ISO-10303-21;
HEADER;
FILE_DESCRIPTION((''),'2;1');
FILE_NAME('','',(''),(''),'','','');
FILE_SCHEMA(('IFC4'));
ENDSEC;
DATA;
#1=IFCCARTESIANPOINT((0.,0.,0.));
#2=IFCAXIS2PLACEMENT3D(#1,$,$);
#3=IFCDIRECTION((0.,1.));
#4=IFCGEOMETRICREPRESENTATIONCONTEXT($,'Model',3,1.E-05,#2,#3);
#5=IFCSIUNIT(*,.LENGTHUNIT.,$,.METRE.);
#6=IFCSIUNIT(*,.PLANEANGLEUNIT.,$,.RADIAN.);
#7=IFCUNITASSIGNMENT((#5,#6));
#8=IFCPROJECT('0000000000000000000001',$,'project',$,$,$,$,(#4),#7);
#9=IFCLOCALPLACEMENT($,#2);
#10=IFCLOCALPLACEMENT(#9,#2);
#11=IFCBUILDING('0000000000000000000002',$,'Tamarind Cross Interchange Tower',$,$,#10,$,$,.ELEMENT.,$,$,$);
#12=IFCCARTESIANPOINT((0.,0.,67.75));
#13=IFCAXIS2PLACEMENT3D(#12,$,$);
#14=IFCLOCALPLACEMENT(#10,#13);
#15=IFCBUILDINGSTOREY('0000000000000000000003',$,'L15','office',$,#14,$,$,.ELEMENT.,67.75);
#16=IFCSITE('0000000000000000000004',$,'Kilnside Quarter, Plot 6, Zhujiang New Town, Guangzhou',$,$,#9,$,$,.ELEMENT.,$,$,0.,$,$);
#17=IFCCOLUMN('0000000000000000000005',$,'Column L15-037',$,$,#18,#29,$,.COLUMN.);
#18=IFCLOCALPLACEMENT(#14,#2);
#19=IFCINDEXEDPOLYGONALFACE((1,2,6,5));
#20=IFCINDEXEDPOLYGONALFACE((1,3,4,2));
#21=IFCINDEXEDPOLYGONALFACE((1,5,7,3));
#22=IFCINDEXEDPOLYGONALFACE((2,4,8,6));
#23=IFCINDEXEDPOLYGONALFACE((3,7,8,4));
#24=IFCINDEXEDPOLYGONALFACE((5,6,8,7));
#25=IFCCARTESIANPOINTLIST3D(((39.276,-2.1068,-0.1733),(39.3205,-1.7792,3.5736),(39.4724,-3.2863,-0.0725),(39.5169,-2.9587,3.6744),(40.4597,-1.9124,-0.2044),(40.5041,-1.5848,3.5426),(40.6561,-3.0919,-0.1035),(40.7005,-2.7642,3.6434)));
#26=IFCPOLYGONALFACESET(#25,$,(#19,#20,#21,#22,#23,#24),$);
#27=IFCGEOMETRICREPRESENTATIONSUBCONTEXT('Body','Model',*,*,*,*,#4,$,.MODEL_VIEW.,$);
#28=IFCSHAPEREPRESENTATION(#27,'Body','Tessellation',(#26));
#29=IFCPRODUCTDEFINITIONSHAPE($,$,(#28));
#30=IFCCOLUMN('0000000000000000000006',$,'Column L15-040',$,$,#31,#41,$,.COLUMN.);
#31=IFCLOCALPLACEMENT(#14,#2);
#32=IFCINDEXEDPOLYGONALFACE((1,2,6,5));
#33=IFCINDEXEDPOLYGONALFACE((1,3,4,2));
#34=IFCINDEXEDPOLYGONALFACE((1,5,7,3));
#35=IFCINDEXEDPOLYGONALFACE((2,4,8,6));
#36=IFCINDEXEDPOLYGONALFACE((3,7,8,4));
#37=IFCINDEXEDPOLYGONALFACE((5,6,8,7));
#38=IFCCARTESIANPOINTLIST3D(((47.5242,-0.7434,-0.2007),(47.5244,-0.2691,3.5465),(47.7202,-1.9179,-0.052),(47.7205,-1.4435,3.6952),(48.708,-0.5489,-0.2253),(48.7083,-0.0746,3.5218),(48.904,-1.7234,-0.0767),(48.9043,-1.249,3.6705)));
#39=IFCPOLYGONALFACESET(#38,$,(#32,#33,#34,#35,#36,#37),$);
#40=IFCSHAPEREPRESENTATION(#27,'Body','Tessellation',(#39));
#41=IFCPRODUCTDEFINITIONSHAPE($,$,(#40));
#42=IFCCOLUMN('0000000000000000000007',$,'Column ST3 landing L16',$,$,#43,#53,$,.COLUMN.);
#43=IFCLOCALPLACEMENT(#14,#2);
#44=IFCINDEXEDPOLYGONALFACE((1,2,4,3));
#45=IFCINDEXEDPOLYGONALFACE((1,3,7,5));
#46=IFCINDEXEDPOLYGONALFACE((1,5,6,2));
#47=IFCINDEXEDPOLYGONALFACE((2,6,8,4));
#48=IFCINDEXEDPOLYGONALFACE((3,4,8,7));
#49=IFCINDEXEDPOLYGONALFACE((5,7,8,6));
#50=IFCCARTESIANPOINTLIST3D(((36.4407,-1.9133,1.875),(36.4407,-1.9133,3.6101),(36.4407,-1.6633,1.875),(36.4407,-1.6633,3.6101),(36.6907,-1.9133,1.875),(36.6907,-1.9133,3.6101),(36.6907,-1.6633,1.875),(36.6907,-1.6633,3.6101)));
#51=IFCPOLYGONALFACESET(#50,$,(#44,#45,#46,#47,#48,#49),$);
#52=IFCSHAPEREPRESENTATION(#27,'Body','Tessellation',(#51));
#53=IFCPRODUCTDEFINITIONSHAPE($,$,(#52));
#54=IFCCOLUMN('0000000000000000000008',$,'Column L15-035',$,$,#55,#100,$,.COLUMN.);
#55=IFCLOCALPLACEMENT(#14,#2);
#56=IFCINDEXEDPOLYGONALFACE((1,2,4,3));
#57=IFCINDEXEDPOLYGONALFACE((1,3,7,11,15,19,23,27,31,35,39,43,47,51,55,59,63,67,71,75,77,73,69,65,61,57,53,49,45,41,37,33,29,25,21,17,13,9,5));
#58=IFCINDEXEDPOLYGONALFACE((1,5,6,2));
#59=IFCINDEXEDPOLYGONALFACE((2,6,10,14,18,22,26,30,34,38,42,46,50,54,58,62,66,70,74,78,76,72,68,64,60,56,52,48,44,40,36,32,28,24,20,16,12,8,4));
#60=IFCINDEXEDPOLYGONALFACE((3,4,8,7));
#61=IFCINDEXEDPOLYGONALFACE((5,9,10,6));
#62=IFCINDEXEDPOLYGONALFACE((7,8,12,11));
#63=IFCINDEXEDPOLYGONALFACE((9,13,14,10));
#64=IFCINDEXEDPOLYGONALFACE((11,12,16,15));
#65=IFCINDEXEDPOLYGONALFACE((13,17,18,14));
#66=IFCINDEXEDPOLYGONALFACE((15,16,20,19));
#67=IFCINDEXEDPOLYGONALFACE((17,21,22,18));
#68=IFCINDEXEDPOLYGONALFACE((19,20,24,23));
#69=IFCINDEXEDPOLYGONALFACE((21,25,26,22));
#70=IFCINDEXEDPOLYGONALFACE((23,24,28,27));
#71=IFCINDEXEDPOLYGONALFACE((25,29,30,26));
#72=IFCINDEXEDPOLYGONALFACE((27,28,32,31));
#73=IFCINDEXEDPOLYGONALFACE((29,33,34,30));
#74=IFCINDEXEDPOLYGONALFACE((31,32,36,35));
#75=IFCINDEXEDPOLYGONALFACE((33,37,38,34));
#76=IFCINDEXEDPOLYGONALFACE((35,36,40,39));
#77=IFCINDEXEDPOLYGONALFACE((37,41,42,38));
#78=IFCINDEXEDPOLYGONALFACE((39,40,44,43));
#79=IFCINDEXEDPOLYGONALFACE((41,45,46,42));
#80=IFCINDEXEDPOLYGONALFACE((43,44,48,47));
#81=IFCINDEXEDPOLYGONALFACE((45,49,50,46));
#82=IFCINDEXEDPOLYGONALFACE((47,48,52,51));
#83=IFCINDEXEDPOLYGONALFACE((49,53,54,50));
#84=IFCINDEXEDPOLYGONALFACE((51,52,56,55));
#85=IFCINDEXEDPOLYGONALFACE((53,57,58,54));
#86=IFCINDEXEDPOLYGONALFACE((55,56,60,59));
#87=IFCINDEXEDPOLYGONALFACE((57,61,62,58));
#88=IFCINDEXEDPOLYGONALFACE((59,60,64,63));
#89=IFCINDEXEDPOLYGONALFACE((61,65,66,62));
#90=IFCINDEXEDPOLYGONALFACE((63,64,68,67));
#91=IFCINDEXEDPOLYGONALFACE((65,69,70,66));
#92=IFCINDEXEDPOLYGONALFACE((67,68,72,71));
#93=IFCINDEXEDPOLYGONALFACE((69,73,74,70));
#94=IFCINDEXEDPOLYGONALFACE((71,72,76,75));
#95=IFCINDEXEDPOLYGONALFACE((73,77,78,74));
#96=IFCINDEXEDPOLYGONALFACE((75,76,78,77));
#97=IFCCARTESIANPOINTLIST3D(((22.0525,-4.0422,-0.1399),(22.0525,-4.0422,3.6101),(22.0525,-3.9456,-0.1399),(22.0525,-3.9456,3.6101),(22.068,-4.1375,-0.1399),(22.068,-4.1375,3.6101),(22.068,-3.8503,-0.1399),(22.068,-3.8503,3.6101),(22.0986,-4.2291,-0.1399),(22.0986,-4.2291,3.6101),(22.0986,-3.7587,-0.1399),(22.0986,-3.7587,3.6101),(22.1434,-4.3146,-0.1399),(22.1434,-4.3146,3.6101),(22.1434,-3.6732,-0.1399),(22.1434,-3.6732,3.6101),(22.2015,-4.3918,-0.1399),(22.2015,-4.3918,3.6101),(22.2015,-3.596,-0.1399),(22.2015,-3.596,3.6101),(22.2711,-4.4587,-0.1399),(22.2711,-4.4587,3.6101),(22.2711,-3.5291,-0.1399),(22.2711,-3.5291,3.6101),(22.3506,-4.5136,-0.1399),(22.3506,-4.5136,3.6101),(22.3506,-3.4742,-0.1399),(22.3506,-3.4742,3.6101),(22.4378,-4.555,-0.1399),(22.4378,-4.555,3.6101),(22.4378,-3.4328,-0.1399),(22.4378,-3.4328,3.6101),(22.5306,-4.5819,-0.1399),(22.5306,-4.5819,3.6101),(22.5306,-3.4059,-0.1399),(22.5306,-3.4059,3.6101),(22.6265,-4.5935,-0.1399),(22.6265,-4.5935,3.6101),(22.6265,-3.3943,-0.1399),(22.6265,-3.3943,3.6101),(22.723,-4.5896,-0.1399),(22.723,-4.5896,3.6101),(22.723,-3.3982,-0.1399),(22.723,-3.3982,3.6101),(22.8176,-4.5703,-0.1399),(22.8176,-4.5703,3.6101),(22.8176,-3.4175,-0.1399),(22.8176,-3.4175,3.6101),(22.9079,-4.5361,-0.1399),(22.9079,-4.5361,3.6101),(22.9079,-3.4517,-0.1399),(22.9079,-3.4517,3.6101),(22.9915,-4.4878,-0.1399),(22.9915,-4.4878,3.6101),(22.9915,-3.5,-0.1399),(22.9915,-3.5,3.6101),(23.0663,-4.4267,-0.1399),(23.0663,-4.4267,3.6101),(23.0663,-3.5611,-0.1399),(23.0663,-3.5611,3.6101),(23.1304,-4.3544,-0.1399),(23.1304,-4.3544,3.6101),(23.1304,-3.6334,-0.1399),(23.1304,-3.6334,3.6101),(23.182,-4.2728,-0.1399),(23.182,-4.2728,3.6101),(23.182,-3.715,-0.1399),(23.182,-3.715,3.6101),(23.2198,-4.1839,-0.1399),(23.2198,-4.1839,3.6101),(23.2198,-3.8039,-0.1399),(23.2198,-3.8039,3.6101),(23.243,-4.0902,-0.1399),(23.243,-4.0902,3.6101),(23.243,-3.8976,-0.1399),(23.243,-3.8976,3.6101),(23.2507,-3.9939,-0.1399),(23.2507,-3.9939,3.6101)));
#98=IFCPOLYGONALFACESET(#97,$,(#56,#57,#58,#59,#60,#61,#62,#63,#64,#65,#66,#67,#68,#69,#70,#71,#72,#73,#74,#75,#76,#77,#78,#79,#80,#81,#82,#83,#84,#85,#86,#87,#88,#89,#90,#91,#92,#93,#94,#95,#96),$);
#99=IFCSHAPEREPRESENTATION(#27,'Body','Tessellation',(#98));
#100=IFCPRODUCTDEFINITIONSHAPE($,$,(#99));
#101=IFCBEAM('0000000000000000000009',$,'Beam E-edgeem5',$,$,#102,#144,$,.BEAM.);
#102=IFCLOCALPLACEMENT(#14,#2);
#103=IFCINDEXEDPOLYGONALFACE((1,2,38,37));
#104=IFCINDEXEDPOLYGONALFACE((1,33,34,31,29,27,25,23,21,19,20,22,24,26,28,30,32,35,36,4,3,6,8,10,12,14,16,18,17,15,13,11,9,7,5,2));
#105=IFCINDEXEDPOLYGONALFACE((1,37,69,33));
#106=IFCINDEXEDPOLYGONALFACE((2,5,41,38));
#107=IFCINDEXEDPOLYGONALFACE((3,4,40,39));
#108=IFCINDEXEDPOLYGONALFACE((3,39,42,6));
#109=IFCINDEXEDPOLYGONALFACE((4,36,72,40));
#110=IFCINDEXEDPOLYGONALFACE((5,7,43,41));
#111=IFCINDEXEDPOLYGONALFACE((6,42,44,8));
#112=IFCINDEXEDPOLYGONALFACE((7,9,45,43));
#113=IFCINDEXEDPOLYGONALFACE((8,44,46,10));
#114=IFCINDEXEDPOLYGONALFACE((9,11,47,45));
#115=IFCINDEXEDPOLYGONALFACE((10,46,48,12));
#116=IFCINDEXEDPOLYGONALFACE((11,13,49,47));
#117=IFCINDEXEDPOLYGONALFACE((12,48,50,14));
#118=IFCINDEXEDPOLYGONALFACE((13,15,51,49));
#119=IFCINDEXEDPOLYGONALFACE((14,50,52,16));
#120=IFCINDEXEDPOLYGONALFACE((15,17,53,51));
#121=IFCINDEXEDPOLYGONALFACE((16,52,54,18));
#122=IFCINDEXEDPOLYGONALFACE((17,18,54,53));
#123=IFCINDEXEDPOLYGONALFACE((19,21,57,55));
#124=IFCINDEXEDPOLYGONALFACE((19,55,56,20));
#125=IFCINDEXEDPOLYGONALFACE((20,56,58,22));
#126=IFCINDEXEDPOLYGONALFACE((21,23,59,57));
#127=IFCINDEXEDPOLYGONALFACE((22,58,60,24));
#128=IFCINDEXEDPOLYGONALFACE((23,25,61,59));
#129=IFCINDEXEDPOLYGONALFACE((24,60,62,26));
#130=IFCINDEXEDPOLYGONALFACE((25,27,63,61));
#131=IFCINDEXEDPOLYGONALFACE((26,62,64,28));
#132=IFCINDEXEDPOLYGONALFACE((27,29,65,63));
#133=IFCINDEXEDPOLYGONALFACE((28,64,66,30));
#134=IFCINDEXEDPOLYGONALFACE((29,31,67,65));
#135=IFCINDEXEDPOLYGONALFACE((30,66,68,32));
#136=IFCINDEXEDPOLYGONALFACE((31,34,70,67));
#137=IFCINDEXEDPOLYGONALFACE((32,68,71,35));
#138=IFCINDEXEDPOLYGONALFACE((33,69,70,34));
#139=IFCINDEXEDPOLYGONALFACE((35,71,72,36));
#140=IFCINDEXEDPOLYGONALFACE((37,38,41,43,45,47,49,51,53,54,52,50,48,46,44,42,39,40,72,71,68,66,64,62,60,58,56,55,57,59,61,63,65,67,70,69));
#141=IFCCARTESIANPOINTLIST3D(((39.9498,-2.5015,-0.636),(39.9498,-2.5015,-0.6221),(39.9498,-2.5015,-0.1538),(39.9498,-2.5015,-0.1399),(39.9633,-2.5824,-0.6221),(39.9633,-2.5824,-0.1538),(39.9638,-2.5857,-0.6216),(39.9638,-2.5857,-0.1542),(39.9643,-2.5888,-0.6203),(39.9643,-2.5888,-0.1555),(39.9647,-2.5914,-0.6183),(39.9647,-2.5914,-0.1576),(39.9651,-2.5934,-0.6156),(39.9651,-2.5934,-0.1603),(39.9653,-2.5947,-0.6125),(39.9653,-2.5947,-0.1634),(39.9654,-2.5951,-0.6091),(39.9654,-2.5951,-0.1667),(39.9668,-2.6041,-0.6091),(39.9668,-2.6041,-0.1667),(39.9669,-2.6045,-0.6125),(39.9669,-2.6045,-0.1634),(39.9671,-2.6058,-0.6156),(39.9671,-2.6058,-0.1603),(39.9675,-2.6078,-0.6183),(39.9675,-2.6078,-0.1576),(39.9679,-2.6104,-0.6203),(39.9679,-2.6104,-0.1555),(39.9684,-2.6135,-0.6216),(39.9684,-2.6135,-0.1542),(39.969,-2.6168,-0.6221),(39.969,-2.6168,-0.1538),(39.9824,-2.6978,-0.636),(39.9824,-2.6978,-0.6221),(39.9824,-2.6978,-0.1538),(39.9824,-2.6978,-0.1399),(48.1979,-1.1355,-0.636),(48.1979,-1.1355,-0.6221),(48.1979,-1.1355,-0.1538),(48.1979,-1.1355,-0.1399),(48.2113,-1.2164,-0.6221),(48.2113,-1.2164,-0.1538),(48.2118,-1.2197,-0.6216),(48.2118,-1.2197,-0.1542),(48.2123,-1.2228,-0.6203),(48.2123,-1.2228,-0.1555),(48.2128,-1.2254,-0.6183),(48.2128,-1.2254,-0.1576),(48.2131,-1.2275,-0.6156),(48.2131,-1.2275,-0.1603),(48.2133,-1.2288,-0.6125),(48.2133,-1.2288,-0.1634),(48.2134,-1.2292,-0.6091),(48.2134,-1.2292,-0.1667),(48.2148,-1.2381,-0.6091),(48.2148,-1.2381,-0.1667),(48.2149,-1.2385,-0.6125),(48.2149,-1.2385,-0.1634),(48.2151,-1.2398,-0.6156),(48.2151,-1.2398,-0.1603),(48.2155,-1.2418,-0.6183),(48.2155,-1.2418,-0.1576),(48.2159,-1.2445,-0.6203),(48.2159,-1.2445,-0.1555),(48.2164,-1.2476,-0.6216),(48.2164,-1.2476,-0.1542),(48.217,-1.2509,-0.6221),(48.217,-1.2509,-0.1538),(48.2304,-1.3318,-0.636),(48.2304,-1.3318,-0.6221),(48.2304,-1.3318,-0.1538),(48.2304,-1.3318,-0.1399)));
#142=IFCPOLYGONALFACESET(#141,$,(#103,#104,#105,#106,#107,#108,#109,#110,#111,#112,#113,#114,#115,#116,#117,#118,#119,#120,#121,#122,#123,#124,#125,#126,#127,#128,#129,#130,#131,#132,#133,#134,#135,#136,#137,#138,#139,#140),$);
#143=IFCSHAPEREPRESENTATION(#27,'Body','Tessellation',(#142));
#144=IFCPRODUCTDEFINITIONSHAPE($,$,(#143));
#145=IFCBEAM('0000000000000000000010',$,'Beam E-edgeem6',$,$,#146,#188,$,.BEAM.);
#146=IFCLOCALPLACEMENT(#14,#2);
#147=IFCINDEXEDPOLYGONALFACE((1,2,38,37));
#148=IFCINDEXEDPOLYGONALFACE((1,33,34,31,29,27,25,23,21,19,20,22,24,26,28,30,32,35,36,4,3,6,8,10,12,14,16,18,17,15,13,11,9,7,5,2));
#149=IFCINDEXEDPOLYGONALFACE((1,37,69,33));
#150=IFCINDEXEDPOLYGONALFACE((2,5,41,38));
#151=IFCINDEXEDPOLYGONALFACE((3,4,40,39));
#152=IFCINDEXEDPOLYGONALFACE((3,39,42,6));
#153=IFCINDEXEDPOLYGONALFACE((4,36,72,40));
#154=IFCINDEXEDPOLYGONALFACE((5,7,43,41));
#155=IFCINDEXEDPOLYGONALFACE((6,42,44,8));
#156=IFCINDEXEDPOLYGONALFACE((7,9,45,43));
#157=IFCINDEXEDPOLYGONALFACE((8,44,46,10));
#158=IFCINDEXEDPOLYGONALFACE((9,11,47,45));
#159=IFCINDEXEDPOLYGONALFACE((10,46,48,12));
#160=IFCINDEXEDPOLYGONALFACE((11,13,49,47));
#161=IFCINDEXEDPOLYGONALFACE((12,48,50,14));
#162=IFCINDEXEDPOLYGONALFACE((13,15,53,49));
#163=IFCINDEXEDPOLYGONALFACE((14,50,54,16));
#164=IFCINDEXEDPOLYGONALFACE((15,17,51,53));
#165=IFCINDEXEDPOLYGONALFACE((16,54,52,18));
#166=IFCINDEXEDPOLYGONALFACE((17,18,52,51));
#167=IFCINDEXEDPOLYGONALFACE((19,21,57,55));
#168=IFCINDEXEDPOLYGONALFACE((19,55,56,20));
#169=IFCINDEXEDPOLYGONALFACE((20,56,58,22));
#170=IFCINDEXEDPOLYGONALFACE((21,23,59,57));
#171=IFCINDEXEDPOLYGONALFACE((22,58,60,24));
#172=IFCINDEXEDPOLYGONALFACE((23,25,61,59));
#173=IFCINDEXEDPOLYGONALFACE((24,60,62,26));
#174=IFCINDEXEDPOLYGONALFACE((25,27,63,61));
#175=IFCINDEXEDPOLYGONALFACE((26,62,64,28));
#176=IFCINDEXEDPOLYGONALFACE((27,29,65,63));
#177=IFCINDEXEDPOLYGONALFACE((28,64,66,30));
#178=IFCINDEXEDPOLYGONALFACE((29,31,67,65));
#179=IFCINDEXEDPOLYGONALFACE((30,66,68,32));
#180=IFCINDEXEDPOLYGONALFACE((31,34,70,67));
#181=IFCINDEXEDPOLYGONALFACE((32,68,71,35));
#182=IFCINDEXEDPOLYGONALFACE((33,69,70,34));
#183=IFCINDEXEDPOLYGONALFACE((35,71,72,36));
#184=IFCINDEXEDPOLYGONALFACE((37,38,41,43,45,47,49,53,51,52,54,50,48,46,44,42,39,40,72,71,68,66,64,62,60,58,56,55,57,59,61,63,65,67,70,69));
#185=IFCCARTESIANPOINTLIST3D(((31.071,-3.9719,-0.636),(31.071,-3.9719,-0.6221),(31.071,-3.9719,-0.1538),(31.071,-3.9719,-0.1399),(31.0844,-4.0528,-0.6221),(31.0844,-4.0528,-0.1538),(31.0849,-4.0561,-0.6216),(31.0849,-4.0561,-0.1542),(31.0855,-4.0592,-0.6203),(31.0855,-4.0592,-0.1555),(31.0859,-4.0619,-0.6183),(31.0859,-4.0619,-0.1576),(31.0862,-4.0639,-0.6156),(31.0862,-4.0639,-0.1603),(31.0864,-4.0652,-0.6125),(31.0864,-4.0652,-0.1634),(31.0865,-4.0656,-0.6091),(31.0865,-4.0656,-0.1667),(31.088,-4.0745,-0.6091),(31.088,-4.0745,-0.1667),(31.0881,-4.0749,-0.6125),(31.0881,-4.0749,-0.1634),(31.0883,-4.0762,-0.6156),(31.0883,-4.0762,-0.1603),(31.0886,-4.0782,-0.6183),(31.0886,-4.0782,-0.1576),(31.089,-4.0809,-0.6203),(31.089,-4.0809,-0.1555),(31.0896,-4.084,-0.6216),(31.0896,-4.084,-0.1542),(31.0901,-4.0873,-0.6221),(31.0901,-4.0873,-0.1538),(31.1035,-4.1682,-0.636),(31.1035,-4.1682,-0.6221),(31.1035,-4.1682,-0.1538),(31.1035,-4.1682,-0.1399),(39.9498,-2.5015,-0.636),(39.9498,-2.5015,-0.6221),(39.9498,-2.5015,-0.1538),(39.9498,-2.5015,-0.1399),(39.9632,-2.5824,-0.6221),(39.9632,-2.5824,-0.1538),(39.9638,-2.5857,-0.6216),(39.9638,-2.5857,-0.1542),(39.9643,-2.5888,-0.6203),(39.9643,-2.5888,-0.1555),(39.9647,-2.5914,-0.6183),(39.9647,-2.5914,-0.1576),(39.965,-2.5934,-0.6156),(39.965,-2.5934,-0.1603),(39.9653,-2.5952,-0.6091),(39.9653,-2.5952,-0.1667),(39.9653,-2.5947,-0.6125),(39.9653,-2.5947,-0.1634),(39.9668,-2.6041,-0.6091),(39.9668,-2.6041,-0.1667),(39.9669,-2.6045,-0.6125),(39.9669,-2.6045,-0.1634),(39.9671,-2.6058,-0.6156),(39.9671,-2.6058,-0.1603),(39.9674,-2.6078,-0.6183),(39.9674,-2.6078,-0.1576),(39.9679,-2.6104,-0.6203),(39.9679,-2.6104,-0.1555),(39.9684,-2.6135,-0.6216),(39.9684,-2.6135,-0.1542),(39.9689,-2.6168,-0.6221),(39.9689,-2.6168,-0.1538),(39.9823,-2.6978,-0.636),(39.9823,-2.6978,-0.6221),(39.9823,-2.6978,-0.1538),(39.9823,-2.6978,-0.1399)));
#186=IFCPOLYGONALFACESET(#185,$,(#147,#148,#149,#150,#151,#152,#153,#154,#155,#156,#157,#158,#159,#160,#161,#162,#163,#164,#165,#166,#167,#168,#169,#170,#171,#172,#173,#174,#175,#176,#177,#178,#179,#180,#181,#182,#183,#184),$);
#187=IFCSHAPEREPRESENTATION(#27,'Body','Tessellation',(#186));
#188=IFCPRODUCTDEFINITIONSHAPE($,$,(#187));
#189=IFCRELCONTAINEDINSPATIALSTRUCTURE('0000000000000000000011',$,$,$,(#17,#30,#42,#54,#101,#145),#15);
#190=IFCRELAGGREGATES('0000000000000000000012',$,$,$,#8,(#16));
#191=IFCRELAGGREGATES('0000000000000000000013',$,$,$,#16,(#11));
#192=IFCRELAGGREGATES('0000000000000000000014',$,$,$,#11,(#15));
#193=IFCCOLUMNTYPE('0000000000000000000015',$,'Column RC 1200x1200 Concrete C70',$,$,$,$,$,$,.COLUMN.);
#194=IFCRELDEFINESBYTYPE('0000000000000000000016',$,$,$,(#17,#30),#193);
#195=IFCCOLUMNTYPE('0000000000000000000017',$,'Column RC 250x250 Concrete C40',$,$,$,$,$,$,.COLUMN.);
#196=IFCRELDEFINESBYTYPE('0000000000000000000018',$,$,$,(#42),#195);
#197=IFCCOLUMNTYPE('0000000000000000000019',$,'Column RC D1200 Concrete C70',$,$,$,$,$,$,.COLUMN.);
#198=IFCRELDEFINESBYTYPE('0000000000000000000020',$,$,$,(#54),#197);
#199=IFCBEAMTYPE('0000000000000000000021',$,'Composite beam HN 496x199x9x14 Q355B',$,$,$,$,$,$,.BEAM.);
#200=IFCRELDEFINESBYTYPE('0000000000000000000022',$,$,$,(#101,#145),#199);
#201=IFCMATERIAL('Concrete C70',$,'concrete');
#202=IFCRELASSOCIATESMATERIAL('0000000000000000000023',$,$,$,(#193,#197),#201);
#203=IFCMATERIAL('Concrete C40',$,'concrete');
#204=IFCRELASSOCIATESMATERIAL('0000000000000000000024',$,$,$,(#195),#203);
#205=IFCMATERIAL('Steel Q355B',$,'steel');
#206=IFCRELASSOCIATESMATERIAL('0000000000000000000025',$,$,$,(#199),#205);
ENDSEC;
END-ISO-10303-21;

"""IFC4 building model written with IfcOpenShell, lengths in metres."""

from ifc_helpers import new_model, si_unit, direction, frame, origin, origin_2d, place, context, subcontext, project, spatial, rectangle, circle, i_section, extrude, material, material_profile, profile_set, type_object, element, save


model = new_model("IFC4")

# Units and contexts
model_context = context("Model", 3, precision=1e-05, world=origin(), true_north=direction((0.0, 1.0)))
body_context = subcontext(model_context, "Body", "Model", "MODEL_VIEW")
ifc_project = project(units=[si_unit("LENGTHUNIT", "METRE"), si_unit("PLANEANGLEUNIT", "RADIAN")], contexts=[model_context])

# Site, building, storey
site_placement = place(None, origin())
site = spatial("IfcSite", under=ifc_project, at=site_placement, Name="Kilnside Quarter, Plot 6, Zhujiang New Town, Guangzhou", CompositionType="ELEMENT", RefElevation=0.0)
building_placement = place(site_placement, origin())
building = spatial("IfcBuilding", under=site, at=building_placement, Name="Tamarind Cross Interchange Tower", CompositionType="ELEMENT")
storey_placement = place(building_placement, frame((0.0, 0.0, 67.75)))
storey = spatial("IfcBuildingStorey", under=building, at=storey_placement, Name="L15", Description="office", CompositionType="ELEMENT", Elevation=67.75)

# Columns
ifc_material_1 = material(Name="Concrete C70", Category="concrete")
ifc_material_profile_1 = material_profile(ifc_material_1, rectangle(XDim=1.2, YDim=1.2, at=origin_2d()), Name="RC 1200x1200")
ifc_profile_set_1 = profile_set([ifc_material_profile_1], Name="Concrete C70")
column_type_1 = type_object("IfcColumnType", Name="Column RC 1200x1200 Concrete C70", PredefinedType="COLUMN", material=ifc_profile_set_1)
column_1_placement = place(storey_placement, frame((39.9661, -2.5994, -0.1384), z_axis=(0.011813, 0.087105, 0.996129), x_axis=(-0.986445, -0.162039, 0.025868)))
element("IfcColumn", 1, at=column_1_placement, inside=storey, type_object=column_type_1, Name="Column L15-037", PredefinedType="COLUMN", context=body_context, shape_type="SweptSolid", body=[
    extrude(rectangle(XDim=1.2, YDim=1.2, at=origin_2d()), origin(), (0.0, 0.0, 1.0), 3.7615),
])
column_2_placement = place(storey_placement, frame((48.2141, -1.2334, -0.1387), z_axis=(0.000065, 0.125586, 0.992083), x_axis=(-0.986565, -0.162067, 0.02058)))
element("IfcColumn", 2, at=column_2_placement, inside=storey, type_object=column_type_1, Name="Column L15-040", PredefinedType="COLUMN", context=body_context, shape_type="SweptSolid", body=[
    extrude(rectangle(XDim=1.2, YDim=1.2, at=origin_2d()), origin(), (0.0, 0.0, 1.0), 3.7771),
])
ifc_material_2 = material(Name="Concrete C40", Category="concrete")
ifc_material_profile_2 = material_profile(ifc_material_2, rectangle(XDim=0.25, YDim=0.25, at=origin_2d()), Name="RC 250x250")
ifc_profile_set_2 = profile_set([ifc_material_profile_2], Name="Concrete C40")
column_type_2 = type_object("IfcColumnType", Name="Column RC 250x250 Concrete C40", PredefinedType="COLUMN", material=ifc_profile_set_2)
column_3_placement = place(storey_placement, frame((36.5657, -1.7883, 1.875), z_axis=(0.0, 0.0, 1.0), x_axis=(1.0, 0.0, 0.0)))
element("IfcColumn", 3, at=column_3_placement, inside=storey, type_object=column_type_2, Name="Column ST3 landing L16", PredefinedType="COLUMN", context=body_context, shape_type="SweptSolid", body=[
    extrude(rectangle(XDim=0.25, YDim=0.25, at=origin_2d()), origin(), (0.0, 0.0, 1.0), 1.7351),
])
ifc_material_profile_3 = material_profile(ifc_material_1, circle(Radius=0.6001, at=origin_2d()), Name="RC D1200")
ifc_profile_set_3 = profile_set([ifc_material_profile_3], Name="Concrete C70")
column_type_3 = type_object("IfcColumnType", Name="Column RC D1200 Concrete C70", PredefinedType="COLUMN", material=ifc_profile_set_3)
column_4_placement = place(storey_placement, frame((22.6506, -3.9939, -0.1399), z_axis=(0.0, 0.0, 1.0), x_axis=(1.0, 0.0, 0.0)))
element("IfcColumn", 4, at=column_4_placement, inside=storey, type_object=column_type_3, Name="Column L15-035", PredefinedType="COLUMN", context=body_context, shape_type="SweptSolid", body=[
    extrude(circle(Radius=0.6001, at=origin_2d()), origin(), (0.0, 0.0, 1.0), 3.75),
])

# Beams
ifc_material_3 = material(Name="Steel Q355B", Category="steel")
ifc_material_profile_4 = material_profile(ifc_material_3, i_section(OverallWidth=0.199, OverallDepth=0.4961, WebThickness=0.009, FlangeThickness=0.0139, FilletRadius=0.0129, at=origin_2d()), Name="HN 496x199x9x14")
ifc_profile_set_4 = profile_set([ifc_material_profile_4], Name="Steel Q355B")
beam_type_1 = type_object("IfcBeamType", Name="Composite beam HN 496x199x9x14 Q355B", PredefinedType="BEAM", material=ifc_profile_set_4)
beam_1_placement = place(storey_placement, frame((48.2141, -1.2336, -0.3879), z_axis=(-0.986562, -0.163386, 0.0), x_axis=(0.163386, -0.986562, 0.0)))
element("IfcBeam", 5, at=beam_1_placement, inside=storey, type_object=beam_type_1, Name="Beam E-edgeem5", PredefinedType="BEAM", context=body_context, shape_type="SweptSolid", body=[
    extrude(i_section(OverallWidth=0.199, OverallDepth=0.4961, WebThickness=0.009, FlangeThickness=0.0139, FilletRadius=0.0129, at=origin_2d()), origin(), (0.0, 0.0, 1.0), 8.3604),
])
beam_2_placement = place(storey_placement, frame((39.9661, -2.5996, -0.3879), z_axis=(-0.986562, -0.163387, 0.0), x_axis=(0.163387, -0.986562, 0.0)))
element("IfcBeam", 6, at=beam_2_placement, inside=storey, type_object=beam_type_1, Name="Beam E-edgeem6", PredefinedType="BEAM", context=body_context, shape_type="SweptSolid", body=[
    extrude(i_section(OverallWidth=0.199, OverallDepth=0.4961, WebThickness=0.009, FlangeThickness=0.0139, FilletRadius=0.0129, at=origin_2d()), origin(), (0.0, 0.0, 1.0), 8.9998),
])

save(model, "model.ifc")
